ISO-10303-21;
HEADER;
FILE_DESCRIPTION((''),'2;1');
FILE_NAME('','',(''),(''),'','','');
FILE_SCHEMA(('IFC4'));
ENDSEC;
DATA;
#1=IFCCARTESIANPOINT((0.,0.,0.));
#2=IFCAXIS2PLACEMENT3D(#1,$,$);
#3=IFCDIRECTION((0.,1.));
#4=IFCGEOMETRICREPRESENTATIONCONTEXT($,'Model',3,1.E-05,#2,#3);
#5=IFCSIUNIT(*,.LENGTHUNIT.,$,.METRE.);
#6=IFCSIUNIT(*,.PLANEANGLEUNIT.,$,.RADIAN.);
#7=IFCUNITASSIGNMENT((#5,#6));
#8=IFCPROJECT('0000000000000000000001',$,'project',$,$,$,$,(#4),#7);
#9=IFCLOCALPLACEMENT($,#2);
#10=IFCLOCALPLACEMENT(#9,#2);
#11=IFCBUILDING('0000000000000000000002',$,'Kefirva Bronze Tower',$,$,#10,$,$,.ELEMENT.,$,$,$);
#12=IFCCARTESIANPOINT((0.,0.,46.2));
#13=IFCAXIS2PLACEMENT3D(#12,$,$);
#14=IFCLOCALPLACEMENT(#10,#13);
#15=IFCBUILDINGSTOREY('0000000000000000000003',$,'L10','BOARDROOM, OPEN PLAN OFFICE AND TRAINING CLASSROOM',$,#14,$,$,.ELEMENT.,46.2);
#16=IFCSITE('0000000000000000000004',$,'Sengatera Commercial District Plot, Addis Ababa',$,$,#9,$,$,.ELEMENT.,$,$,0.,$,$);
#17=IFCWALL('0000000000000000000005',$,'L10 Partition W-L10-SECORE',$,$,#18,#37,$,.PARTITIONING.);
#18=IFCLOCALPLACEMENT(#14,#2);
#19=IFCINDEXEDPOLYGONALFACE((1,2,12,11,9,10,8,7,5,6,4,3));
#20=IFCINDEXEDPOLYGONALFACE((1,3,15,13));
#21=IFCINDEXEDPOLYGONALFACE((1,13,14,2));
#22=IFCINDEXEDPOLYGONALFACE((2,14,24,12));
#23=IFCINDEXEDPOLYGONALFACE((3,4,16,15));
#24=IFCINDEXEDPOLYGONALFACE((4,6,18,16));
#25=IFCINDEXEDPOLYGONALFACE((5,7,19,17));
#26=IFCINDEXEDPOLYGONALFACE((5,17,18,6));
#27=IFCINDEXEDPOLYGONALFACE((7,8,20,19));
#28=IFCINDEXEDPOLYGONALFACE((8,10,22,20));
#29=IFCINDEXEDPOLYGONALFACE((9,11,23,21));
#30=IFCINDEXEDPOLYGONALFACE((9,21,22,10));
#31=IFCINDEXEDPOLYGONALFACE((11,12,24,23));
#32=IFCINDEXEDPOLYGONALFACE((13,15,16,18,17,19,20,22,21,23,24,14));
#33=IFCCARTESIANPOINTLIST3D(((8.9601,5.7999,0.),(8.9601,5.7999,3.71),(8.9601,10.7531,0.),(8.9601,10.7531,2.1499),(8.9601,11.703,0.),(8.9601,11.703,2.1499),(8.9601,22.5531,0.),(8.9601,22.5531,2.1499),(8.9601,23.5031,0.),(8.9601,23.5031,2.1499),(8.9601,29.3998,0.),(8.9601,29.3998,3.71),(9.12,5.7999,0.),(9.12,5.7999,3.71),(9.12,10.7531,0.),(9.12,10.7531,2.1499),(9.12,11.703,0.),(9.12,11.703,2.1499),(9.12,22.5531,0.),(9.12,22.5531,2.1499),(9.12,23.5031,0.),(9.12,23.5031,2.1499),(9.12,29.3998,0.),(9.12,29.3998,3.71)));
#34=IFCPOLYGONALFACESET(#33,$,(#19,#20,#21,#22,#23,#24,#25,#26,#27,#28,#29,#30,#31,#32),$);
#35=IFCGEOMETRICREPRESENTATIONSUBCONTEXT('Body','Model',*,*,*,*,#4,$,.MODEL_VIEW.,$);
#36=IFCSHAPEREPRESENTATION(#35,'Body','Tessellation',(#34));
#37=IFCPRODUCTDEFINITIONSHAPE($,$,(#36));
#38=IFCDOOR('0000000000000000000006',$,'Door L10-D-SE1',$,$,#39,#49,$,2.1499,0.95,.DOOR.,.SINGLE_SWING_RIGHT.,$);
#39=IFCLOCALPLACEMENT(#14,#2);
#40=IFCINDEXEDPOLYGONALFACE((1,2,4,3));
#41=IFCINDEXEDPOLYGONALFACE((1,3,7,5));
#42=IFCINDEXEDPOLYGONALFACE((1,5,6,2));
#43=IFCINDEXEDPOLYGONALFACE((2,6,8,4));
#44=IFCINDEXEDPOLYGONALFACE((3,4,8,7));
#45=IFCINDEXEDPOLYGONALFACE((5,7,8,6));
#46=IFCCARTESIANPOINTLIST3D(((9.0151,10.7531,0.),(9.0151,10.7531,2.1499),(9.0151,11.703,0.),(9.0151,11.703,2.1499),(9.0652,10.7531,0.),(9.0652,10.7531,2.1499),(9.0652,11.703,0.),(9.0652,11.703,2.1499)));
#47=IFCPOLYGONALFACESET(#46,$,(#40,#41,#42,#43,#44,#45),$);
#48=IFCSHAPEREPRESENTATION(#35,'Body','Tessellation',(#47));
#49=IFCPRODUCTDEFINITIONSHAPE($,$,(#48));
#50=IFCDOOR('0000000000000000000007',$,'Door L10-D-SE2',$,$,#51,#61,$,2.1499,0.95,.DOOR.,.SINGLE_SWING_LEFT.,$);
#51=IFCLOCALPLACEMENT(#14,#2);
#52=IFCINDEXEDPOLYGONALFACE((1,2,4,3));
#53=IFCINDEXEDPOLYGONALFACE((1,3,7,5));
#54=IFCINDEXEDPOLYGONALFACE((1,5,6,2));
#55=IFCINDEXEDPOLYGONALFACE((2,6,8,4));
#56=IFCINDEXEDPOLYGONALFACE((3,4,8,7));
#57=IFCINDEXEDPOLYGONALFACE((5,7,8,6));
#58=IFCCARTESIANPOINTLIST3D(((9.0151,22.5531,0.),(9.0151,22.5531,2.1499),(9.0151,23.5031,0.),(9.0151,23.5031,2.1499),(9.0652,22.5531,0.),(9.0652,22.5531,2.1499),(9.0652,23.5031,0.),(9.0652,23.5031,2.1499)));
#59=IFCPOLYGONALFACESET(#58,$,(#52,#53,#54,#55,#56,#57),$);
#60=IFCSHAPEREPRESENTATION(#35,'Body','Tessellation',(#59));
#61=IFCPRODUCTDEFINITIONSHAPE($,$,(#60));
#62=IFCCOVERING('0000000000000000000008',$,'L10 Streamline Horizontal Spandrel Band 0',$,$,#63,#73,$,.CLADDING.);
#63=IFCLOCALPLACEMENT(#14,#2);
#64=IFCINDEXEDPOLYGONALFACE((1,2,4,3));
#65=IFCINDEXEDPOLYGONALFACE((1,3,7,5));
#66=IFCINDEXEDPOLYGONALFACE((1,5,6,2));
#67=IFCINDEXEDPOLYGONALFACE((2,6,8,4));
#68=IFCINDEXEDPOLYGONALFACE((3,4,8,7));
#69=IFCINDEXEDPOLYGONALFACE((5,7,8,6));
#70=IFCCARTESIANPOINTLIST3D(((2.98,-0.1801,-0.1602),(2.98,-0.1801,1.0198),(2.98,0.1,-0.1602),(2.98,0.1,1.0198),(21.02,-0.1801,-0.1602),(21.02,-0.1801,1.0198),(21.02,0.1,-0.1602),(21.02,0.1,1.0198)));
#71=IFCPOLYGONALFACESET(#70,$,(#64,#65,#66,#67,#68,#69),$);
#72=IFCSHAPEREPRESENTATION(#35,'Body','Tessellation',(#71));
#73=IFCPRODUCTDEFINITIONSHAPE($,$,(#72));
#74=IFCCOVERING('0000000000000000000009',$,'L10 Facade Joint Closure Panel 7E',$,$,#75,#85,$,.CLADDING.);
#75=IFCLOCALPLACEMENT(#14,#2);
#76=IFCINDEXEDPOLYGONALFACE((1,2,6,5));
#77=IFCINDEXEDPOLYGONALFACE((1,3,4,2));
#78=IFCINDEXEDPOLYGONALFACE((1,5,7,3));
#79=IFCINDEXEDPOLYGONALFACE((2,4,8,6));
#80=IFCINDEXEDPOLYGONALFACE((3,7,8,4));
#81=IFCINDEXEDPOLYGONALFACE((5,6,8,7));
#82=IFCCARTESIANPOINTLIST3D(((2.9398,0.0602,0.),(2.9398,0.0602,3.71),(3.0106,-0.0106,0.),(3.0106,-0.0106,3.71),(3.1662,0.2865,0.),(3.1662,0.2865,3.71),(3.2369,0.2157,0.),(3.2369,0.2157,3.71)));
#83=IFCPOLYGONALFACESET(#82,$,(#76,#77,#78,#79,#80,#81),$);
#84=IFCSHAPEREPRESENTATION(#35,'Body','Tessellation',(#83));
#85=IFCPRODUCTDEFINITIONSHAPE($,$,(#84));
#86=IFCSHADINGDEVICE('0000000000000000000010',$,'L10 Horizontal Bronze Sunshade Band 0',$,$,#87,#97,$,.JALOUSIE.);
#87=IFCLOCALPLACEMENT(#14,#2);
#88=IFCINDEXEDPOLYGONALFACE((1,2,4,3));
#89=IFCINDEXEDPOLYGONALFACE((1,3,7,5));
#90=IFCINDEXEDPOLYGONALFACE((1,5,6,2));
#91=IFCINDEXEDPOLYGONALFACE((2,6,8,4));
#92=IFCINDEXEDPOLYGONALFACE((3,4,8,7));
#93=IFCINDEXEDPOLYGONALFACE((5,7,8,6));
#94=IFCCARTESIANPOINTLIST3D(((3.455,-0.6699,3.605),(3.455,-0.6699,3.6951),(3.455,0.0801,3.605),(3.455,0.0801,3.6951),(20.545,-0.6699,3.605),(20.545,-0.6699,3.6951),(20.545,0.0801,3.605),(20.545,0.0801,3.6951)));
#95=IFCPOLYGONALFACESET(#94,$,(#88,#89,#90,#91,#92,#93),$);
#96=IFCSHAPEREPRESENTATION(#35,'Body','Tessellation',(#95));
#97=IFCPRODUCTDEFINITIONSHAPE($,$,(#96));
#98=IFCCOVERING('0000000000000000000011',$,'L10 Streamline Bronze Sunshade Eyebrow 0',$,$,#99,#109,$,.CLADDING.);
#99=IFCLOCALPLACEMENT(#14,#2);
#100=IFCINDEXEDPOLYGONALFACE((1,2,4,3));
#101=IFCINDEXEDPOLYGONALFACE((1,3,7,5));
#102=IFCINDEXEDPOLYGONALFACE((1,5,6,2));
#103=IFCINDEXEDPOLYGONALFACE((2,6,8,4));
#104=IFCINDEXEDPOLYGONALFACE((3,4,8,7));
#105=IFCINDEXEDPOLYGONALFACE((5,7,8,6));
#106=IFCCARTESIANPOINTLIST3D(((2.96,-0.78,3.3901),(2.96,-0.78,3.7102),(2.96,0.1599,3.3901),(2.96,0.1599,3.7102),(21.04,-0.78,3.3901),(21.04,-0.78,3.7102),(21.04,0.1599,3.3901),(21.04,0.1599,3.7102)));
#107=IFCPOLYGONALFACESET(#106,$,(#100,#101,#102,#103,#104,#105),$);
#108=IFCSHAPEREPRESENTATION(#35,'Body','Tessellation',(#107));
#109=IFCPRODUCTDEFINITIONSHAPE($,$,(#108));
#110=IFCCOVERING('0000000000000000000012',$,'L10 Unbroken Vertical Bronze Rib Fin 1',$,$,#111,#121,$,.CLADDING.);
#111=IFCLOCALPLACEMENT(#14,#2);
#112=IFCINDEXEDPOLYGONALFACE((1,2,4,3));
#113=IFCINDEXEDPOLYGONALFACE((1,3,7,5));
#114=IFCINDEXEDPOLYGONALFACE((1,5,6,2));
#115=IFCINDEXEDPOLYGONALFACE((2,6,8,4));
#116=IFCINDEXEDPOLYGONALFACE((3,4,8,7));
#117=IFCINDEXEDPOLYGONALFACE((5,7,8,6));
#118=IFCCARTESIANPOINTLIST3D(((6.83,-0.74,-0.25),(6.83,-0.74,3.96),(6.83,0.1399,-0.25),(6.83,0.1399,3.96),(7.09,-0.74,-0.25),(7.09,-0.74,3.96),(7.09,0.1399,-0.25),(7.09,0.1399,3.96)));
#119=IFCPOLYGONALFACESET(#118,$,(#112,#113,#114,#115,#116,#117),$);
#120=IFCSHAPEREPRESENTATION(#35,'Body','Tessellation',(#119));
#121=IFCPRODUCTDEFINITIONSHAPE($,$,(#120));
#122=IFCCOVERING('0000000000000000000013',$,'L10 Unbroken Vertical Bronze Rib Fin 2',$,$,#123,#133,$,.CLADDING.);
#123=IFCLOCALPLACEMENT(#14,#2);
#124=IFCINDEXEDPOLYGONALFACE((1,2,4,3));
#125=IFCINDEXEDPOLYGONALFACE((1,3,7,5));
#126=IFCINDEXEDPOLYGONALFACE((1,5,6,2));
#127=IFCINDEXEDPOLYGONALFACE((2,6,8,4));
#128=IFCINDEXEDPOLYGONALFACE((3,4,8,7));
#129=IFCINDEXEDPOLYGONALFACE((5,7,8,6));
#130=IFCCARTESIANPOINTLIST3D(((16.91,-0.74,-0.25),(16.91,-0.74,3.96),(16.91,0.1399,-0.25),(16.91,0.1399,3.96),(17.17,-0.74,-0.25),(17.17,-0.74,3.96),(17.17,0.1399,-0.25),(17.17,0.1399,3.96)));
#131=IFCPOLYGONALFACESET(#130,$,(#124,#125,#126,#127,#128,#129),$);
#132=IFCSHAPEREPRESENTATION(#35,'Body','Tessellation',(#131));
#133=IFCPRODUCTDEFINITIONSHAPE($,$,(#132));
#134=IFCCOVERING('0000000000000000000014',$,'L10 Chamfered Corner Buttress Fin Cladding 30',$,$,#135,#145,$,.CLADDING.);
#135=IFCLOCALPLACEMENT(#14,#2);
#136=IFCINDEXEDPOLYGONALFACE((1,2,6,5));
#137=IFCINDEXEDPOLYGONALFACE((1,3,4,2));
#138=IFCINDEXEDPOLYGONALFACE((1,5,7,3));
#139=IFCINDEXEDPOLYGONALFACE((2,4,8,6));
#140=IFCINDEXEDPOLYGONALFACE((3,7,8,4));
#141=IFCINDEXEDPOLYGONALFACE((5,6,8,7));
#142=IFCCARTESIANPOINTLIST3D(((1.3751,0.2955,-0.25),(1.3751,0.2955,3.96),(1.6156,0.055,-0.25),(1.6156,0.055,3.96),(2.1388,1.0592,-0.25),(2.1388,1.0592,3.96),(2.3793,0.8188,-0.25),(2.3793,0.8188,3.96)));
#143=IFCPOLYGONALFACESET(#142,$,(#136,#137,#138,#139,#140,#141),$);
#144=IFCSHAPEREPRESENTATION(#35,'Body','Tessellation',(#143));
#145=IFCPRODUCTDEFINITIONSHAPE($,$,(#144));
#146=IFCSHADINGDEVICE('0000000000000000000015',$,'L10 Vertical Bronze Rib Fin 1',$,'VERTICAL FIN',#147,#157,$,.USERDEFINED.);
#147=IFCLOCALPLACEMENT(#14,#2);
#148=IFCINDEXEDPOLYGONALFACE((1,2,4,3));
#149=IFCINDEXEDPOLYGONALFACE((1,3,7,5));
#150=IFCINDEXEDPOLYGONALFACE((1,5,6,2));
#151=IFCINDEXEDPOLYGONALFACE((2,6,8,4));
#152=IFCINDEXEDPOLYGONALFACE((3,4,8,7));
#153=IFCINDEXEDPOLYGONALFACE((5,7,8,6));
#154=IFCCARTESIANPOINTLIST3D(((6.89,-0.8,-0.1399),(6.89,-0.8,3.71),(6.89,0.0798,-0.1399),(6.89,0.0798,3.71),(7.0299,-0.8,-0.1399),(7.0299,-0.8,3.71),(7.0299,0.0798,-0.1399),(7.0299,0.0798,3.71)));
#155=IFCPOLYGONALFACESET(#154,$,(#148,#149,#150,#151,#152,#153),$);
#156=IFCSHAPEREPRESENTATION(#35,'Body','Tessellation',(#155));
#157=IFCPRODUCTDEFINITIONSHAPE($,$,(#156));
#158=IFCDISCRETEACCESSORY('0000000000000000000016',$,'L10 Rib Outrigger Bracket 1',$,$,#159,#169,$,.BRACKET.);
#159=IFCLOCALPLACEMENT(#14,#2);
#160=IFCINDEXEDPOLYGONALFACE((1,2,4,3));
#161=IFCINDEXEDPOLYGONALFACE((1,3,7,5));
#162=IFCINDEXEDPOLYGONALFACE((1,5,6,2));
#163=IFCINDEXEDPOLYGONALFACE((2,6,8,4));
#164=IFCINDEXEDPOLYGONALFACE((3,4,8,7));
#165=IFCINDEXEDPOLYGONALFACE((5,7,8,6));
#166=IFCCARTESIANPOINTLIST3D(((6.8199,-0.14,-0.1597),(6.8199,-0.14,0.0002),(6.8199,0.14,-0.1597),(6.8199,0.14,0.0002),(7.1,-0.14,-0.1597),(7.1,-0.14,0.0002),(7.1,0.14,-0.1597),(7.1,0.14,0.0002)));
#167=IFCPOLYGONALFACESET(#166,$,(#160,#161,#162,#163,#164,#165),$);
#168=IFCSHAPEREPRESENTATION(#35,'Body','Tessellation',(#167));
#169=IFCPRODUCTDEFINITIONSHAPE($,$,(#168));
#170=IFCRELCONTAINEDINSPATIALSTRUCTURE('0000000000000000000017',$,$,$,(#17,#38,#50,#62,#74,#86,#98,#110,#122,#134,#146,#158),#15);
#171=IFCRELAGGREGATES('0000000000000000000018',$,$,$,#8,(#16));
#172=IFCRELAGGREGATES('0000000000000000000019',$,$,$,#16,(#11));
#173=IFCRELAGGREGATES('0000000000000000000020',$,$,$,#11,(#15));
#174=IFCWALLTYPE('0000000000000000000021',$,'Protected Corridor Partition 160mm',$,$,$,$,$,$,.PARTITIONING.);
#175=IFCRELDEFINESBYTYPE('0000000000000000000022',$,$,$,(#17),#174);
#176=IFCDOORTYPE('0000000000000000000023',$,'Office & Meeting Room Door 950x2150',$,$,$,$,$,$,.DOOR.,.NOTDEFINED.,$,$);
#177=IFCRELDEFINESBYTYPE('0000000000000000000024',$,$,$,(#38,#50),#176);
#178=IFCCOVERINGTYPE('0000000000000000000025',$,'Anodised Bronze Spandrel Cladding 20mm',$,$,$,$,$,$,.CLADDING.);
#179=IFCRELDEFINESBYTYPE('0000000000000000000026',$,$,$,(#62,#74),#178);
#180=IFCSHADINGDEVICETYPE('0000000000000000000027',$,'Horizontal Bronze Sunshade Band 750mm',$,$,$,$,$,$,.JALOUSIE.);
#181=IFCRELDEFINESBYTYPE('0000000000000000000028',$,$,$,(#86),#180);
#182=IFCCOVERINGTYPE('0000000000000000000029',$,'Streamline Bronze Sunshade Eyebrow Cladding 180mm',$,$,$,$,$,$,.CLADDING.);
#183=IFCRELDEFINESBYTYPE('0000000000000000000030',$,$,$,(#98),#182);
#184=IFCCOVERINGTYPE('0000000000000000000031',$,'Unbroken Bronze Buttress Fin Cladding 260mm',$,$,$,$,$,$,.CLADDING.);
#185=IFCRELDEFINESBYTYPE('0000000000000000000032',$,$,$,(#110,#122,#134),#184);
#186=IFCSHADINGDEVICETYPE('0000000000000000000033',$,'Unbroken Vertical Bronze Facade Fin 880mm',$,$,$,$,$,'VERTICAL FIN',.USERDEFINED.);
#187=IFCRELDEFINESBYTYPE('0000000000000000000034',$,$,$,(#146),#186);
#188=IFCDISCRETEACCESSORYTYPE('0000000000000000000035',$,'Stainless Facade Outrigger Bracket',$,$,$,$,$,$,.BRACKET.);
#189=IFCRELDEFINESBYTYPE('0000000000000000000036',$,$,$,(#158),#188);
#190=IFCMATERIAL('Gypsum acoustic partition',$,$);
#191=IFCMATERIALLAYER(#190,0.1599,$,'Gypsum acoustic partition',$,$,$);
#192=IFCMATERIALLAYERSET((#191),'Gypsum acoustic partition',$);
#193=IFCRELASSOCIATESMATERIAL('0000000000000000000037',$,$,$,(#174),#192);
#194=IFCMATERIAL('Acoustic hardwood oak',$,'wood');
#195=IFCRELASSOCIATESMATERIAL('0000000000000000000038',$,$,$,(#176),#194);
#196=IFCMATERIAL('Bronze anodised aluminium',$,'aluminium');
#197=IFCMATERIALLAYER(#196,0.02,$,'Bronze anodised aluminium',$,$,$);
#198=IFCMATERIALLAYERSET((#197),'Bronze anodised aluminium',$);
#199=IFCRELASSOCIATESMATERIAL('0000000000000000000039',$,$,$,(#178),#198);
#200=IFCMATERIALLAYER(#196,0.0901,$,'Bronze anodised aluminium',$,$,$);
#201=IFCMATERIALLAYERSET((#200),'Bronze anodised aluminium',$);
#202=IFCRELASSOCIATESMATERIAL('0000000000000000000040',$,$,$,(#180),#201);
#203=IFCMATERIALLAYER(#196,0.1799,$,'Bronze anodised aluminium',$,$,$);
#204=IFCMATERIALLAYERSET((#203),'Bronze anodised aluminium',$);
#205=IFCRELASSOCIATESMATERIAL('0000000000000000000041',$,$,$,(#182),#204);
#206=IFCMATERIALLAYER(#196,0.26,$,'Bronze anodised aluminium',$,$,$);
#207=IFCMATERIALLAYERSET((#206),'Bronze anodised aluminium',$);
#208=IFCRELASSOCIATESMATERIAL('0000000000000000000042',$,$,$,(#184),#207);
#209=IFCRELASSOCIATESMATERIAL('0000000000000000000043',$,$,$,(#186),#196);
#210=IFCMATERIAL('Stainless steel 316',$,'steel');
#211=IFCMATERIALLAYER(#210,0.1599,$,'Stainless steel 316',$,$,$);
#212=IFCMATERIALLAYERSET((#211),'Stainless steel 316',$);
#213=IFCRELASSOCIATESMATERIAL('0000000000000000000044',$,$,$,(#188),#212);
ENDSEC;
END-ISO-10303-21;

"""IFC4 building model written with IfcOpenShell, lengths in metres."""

from ifc_helpers import new_model, si_unit, direction, frame, frame_2d, origin, origin_2d, place, context, subcontext, project, spatial, rectangle, extrude, material, layer, layer_set, material_profile, profile_set, type_object, element, fill, save


model = new_model("IFC4")

# Units and contexts
model_context = context("Model", 3, precision=1e-05, world=origin(), true_north=direction((0.0, 1.0)))
body_context = subcontext(model_context, "Body", "Model", "MODEL_VIEW")
ifc_project = project(units=[si_unit("LENGTHUNIT", "METRE"), si_unit("PLANEANGLEUNIT", "RADIAN")], contexts=[model_context])

# Site, building, storey
site_placement = place(None, origin())
site = spatial("IfcSite", under=ifc_project, at=site_placement, Name="Sengatera Commercial District Plot, Addis Ababa", CompositionType="ELEMENT", RefElevation=0.0)
building_placement = place(site_placement, origin())
building = spatial("IfcBuilding", under=site, at=building_placement, Name="Kefirva Bronze Tower", CompositionType="ELEMENT")
storey_placement = place(building_placement, frame((0.0, 0.0, 46.2)))
storey = spatial("IfcBuildingStorey", under=building, at=storey_placement, Name="L10", Description="BOARDROOM, OPEN PLAN OFFICE AND TRAINING CLASSROOM", CompositionType="ELEMENT", Elevation=46.2)

# Shared definitions
ifc_material_1 = material(Name="Bronze anodised aluminium", Category="aluminium")

# Shared definitions
ifc_material_2 = material(Name="Gypsum acoustic partition")

# Wall, openings, doors
ifc_layer_1 = layer(ifc_material_2, 0.1599, Name="Gypsum acoustic partition")
ifc_layer_set_1 = layer_set([ifc_layer_1], Name="Gypsum acoustic partition")
wall_type_1 = type_object("IfcWallType", Name="Protected Corridor Partition 160mm", PredefinedType="PARTITIONING", material=ifc_layer_set_1)
ifc_material_3 = material(Name="Acoustic hardwood oak", Category="wood")
door_type = type_object("IfcDoorType", Name="Office & Meeting Room Door 950x2150", OperationType="NOTDEFINED", PredefinedType="DOOR", material=ifc_material_3)
wall_1_placement = place(storey_placement, frame((9.04, 5.8, 0.0), z_axis=(0.0, 0.0, 1.0), x_axis=(0.0, 1.0, 0.0)))
wall_1 = element("IfcWall", 1, at=wall_1_placement, inside=storey, type_object=wall_type_1, Name="L10 Partition W-L10-SECORE", PredefinedType="PARTITIONING", context=body_context, shape_type="SweptSolid", body=[
    extrude(rectangle(XDim=23.5999, YDim=0.1599, at=frame_2d((11.7998, 0.0))), origin(), (0.0, 0.0, 1.0), 3.71),
])
opening_1_placement = place(wall_1_placement, frame((4.9529, 0.0, 0.0)))
opening_1 = element("IfcOpeningElement", 2, at=opening_1_placement, cuts=wall_1, PredefinedType="OPENING", context=body_context, shape_type="SweptSolid", body=[
    extrude(rectangle(XDim=0.95, YDim=2.1499, at=frame_2d((0.4751, 1.075))), frame((0.0, 0.0898, 0.0), z_axis=(0.0, -1.0, 0.0), x_axis=(1.0, 0.0, 0.0)), (0.0, 0.0, 1.0), 0.1799),
])
opening_2_placement = place(wall_1_placement, frame((16.7529, 0.0, 0.0)))
opening_2 = element("IfcOpeningElement", 3, at=opening_2_placement, cuts=wall_1, PredefinedType="OPENING", context=body_context, shape_type="SweptSolid", body=[
    extrude(rectangle(XDim=0.95, YDim=2.1499, at=frame_2d((0.4751, 1.075))), frame((0.0, 0.0898, 0.0), z_axis=(0.0, -1.0, 0.0), x_axis=(1.0, 0.0, 0.0)), (0.0, 0.0, 1.0), 0.1799),
])
door_1_placement = place(opening_1_placement, origin())
door_1 = element("IfcDoor", 4, at=door_1_placement, inside=storey, type_object=door_type, Name="Door L10-D-SE1", OperationType="SINGLE_SWING_RIGHT", OverallHeight=2.1499, OverallWidth=0.95, PredefinedType="DOOR", context=body_context, shape_type="SweptSolid", body=[
    extrude(rectangle(XDim=0.95, YDim=2.1499, at=frame_2d((0.4751, 1.075))), frame((0.0, 0.0249, 0.0), z_axis=(0.0, -1.0, 0.0), x_axis=(1.0, 0.0, 0.0)), (0.0, 0.0, 1.0), 0.05),
])
fill(opening_1, door_1)
door_2_placement = place(opening_2_placement, origin())
door_2 = element("IfcDoor", 5, at=door_2_placement, inside=storey, type_object=door_type, Name="Door L10-D-SE2", OperationType="SINGLE_SWING_LEFT", OverallHeight=2.1499, OverallWidth=0.95, PredefinedType="DOOR", context=body_context, shape_type="SweptSolid", body=[
    extrude(rectangle(XDim=0.95, YDim=2.1499, at=frame_2d((0.4751, 1.075))), frame((0.0, 0.0249, 0.0), z_axis=(0.0, -1.0, 0.0), x_axis=(1.0, 0.0, 0.0)), (0.0, 0.0, 1.0), 0.05),
])
fill(opening_2, door_2)

# Coverings
ifc_layer_2 = layer(ifc_material_1, 0.02, Name="Bronze anodised aluminium")
ifc_layer_set_2 = layer_set([ifc_layer_2], Name="Bronze anodised aluminium")
covering_type_1 = type_object("IfcCoveringType", Name="Anodised Bronze Spandrel Cladding 20mm", PredefinedType="CLADDING", material=ifc_layer_set_2)
covering_1_placement = place(storey_placement, frame((12.0, -0.04, -0.1602), z_axis=(0.0, 0.0, 1.0), x_axis=(1.0, 0.0, 0.0)))
element("IfcCovering", 6, at=covering_1_placement, inside=storey, type_object=covering_type_1, Name="L10 Streamline Horizontal Spandrel Band 0", PredefinedType="CLADDING", context=body_context, shape_type="SweptSolid", body=[
    extrude(rectangle(XDim=18.04, YDim=0.28, at=origin_2d()), origin(), (0.0, 0.0, 1.0), 1.1799),
])
covering_2_placement = place(storey_placement, frame((3.0884, 0.1379, 0.0), z_axis=(0.0, 0.0, 1.0), x_axis=(0.707107, -0.707107, 0.0)))
element("IfcCovering", 7, at=covering_2_placement, inside=storey, type_object=covering_type_1, Name="L10 Facade Joint Closure Panel 7E", PredefinedType="CLADDING", context=body_context, shape_type="SweptSolid", body=[
    extrude(rectangle(XDim=0.1001, YDim=0.3201, at=origin_2d()), origin(), (0.0, 0.0, 1.0), 3.71),
])

# Shading device
ifc_layer_3 = layer(ifc_material_1, 0.0901, Name="Bronze anodised aluminium")
ifc_layer_set_3 = layer_set([ifc_layer_3], Name="Bronze anodised aluminium")
shading_device_type_1 = type_object("IfcShadingDeviceType", Name="Horizontal Bronze Sunshade Band 750mm", PredefinedType="JALOUSIE", material=ifc_layer_set_3)
shading_device_1_placement = place(storey_placement, frame((12.0, -0.2949, 3.605), z_axis=(0.0, 0.0, 1.0), x_axis=(1.0, 0.0, 0.0)))
element("IfcShadingDevice", 8, at=shading_device_1_placement, inside=storey, type_object=shading_device_type_1, Name="L10 Horizontal Bronze Sunshade Band 0", PredefinedType="JALOUSIE", context=body_context, shape_type="SweptSolid", body=[
    extrude(rectangle(XDim=17.0901, YDim=0.75, at=origin_2d()), origin(), (0.0, 0.0, 1.0), 0.0901),
])

# Coverings
ifc_layer_4 = layer(ifc_material_1, 0.1799, Name="Bronze anodised aluminium")
ifc_layer_set_4 = layer_set([ifc_layer_4], Name="Bronze anodised aluminium")
covering_type_2 = type_object("IfcCoveringType", Name="Streamline Bronze Sunshade Eyebrow Cladding 180mm", PredefinedType="CLADDING", material=ifc_layer_set_4)
covering_3_placement = place(storey_placement, frame((12.0, -0.3101, 3.3901), z_axis=(0.0, 0.0, 1.0), x_axis=(1.0, 0.0, 0.0)))
element("IfcCovering", 9, at=covering_3_placement, inside=storey, type_object=covering_type_2, Name="L10 Streamline Bronze Sunshade Eyebrow 0", PredefinedType="CLADDING", context=body_context, shape_type="SweptSolid", body=[
    extrude(rectangle(XDim=18.0801, YDim=0.9399, at=origin_2d()), origin(), (0.0, 0.0, 1.0), 0.3201),
])
ifc_layer_5 = layer(ifc_material_1, 0.26, Name="Bronze anodised aluminium")
ifc_layer_set_5 = layer_set([ifc_layer_5], Name="Bronze anodised aluminium")
covering_type_3 = type_object("IfcCoveringType", Name="Unbroken Bronze Buttress Fin Cladding 260mm", PredefinedType="CLADDING", material=ifc_layer_set_5)
for number, where, z_axis, x_axis, name in (
    (10, (6.96, -0.3, -0.25), (0.0, 0.0, 1.0), (1.0, 0.0, 0.0), "L10 Unbroken Vertical Bronze Rib Fin 1"),
    (11, (17.04, -0.3, -0.25), (0.0, 0.0, 1.0), (1.0, 0.0, 0.0), "L10 Unbroken Vertical Bronze Rib Fin 2"),
):
    element("IfcCovering", number, at=place(storey_placement, frame(where, z_axis=z_axis, x_axis=x_axis)), inside=storey, type_object=covering_type_3, Name=name, PredefinedType="CLADDING", context=body_context, shape_type="SweptSolid", body=[
        extrude(rectangle(XDim=0.26, YDim=0.8799, at=origin_2d()), origin(), (0.0, 0.0, 1.0), 4.21),
    ])
covering_4_placement = place(storey_placement, frame((1.8772, 0.5571, -0.25), z_axis=(0.0, 0.0, 1.0), x_axis=(0.707107, -0.707107, 0.0)))
element("IfcCovering", 12, at=covering_4_placement, inside=storey, type_object=covering_type_3, Name="L10 Chamfered Corner Buttress Fin Cladding 30", PredefinedType="CLADDING", context=body_context, shape_type="SweptSolid", body=[
    extrude(rectangle(XDim=0.3401, YDim=1.0801, at=origin_2d()), origin(), (0.0, 0.0, 1.0), 4.21),
])

# Shading device
ifc_material_profile_1 = material_profile(ifc_material_1, rectangle(XDim=0.1399, YDim=0.8799, at=origin_2d()), Name="BRONZE FIN 140x880")
ifc_profile_set_1 = profile_set([ifc_material_profile_1], Name="Bronze anodised aluminium")
shading_device_type_2 = type_object("IfcShadingDeviceType", Name="Unbroken Vertical Bronze Facade Fin 880mm", ElementType="VERTICAL FIN", PredefinedType="USERDEFINED", material=ifc_profile_set_1)
shading_device_2_placement = place(storey_placement, frame((6.96, -0.3601, -0.1399), z_axis=(0.0, 0.0, 1.0), x_axis=(1.0, 0.0, 0.0)))
element("IfcShadingDevice", 13, at=shading_device_2_placement, inside=storey, type_object=shading_device_type_2, Name="L10 Vertical Bronze Rib Fin 1", ObjectType="VERTICAL FIN", PredefinedType="USERDEFINED", context=body_context, shape_type="SweptSolid", body=[
    extrude(rectangle(XDim=0.1399, YDim=0.8799, at=origin_2d()), origin(), (0.0, 0.0, 1.0), 3.8499),
])

# Discrete accessory
ifc_material_4 = material(Name="Stainless steel 316", Category="steel")
ifc_layer_6 = layer(ifc_material_4, 0.1599, Name="Stainless steel 316")
ifc_layer_set_6 = layer_set([ifc_layer_6], Name="Stainless steel 316")
discrete_accessory_type = type_object("IfcDiscreteAccessoryType", Name="Stainless Facade Outrigger Bracket", PredefinedType="BRACKET", material=ifc_layer_set_6)
discrete_accessory_placement = place(storey_placement, frame((6.96, 0.0, -0.1597), z_axis=(0.0, 0.0, 1.0), x_axis=(1.0, 0.0, 0.0)))
element("IfcDiscreteAccessory", 14, at=discrete_accessory_placement, inside=storey, type_object=discrete_accessory_type, Name="L10 Rib Outrigger Bracket 1", PredefinedType="BRACKET", context=body_context, shape_type="SweptSolid", body=[
    extrude(rectangle(XDim=0.28, YDim=0.28, at=origin_2d()), origin(), (0.0, 0.0, 1.0), 0.1599),
])

save(model, "model.ifc")
